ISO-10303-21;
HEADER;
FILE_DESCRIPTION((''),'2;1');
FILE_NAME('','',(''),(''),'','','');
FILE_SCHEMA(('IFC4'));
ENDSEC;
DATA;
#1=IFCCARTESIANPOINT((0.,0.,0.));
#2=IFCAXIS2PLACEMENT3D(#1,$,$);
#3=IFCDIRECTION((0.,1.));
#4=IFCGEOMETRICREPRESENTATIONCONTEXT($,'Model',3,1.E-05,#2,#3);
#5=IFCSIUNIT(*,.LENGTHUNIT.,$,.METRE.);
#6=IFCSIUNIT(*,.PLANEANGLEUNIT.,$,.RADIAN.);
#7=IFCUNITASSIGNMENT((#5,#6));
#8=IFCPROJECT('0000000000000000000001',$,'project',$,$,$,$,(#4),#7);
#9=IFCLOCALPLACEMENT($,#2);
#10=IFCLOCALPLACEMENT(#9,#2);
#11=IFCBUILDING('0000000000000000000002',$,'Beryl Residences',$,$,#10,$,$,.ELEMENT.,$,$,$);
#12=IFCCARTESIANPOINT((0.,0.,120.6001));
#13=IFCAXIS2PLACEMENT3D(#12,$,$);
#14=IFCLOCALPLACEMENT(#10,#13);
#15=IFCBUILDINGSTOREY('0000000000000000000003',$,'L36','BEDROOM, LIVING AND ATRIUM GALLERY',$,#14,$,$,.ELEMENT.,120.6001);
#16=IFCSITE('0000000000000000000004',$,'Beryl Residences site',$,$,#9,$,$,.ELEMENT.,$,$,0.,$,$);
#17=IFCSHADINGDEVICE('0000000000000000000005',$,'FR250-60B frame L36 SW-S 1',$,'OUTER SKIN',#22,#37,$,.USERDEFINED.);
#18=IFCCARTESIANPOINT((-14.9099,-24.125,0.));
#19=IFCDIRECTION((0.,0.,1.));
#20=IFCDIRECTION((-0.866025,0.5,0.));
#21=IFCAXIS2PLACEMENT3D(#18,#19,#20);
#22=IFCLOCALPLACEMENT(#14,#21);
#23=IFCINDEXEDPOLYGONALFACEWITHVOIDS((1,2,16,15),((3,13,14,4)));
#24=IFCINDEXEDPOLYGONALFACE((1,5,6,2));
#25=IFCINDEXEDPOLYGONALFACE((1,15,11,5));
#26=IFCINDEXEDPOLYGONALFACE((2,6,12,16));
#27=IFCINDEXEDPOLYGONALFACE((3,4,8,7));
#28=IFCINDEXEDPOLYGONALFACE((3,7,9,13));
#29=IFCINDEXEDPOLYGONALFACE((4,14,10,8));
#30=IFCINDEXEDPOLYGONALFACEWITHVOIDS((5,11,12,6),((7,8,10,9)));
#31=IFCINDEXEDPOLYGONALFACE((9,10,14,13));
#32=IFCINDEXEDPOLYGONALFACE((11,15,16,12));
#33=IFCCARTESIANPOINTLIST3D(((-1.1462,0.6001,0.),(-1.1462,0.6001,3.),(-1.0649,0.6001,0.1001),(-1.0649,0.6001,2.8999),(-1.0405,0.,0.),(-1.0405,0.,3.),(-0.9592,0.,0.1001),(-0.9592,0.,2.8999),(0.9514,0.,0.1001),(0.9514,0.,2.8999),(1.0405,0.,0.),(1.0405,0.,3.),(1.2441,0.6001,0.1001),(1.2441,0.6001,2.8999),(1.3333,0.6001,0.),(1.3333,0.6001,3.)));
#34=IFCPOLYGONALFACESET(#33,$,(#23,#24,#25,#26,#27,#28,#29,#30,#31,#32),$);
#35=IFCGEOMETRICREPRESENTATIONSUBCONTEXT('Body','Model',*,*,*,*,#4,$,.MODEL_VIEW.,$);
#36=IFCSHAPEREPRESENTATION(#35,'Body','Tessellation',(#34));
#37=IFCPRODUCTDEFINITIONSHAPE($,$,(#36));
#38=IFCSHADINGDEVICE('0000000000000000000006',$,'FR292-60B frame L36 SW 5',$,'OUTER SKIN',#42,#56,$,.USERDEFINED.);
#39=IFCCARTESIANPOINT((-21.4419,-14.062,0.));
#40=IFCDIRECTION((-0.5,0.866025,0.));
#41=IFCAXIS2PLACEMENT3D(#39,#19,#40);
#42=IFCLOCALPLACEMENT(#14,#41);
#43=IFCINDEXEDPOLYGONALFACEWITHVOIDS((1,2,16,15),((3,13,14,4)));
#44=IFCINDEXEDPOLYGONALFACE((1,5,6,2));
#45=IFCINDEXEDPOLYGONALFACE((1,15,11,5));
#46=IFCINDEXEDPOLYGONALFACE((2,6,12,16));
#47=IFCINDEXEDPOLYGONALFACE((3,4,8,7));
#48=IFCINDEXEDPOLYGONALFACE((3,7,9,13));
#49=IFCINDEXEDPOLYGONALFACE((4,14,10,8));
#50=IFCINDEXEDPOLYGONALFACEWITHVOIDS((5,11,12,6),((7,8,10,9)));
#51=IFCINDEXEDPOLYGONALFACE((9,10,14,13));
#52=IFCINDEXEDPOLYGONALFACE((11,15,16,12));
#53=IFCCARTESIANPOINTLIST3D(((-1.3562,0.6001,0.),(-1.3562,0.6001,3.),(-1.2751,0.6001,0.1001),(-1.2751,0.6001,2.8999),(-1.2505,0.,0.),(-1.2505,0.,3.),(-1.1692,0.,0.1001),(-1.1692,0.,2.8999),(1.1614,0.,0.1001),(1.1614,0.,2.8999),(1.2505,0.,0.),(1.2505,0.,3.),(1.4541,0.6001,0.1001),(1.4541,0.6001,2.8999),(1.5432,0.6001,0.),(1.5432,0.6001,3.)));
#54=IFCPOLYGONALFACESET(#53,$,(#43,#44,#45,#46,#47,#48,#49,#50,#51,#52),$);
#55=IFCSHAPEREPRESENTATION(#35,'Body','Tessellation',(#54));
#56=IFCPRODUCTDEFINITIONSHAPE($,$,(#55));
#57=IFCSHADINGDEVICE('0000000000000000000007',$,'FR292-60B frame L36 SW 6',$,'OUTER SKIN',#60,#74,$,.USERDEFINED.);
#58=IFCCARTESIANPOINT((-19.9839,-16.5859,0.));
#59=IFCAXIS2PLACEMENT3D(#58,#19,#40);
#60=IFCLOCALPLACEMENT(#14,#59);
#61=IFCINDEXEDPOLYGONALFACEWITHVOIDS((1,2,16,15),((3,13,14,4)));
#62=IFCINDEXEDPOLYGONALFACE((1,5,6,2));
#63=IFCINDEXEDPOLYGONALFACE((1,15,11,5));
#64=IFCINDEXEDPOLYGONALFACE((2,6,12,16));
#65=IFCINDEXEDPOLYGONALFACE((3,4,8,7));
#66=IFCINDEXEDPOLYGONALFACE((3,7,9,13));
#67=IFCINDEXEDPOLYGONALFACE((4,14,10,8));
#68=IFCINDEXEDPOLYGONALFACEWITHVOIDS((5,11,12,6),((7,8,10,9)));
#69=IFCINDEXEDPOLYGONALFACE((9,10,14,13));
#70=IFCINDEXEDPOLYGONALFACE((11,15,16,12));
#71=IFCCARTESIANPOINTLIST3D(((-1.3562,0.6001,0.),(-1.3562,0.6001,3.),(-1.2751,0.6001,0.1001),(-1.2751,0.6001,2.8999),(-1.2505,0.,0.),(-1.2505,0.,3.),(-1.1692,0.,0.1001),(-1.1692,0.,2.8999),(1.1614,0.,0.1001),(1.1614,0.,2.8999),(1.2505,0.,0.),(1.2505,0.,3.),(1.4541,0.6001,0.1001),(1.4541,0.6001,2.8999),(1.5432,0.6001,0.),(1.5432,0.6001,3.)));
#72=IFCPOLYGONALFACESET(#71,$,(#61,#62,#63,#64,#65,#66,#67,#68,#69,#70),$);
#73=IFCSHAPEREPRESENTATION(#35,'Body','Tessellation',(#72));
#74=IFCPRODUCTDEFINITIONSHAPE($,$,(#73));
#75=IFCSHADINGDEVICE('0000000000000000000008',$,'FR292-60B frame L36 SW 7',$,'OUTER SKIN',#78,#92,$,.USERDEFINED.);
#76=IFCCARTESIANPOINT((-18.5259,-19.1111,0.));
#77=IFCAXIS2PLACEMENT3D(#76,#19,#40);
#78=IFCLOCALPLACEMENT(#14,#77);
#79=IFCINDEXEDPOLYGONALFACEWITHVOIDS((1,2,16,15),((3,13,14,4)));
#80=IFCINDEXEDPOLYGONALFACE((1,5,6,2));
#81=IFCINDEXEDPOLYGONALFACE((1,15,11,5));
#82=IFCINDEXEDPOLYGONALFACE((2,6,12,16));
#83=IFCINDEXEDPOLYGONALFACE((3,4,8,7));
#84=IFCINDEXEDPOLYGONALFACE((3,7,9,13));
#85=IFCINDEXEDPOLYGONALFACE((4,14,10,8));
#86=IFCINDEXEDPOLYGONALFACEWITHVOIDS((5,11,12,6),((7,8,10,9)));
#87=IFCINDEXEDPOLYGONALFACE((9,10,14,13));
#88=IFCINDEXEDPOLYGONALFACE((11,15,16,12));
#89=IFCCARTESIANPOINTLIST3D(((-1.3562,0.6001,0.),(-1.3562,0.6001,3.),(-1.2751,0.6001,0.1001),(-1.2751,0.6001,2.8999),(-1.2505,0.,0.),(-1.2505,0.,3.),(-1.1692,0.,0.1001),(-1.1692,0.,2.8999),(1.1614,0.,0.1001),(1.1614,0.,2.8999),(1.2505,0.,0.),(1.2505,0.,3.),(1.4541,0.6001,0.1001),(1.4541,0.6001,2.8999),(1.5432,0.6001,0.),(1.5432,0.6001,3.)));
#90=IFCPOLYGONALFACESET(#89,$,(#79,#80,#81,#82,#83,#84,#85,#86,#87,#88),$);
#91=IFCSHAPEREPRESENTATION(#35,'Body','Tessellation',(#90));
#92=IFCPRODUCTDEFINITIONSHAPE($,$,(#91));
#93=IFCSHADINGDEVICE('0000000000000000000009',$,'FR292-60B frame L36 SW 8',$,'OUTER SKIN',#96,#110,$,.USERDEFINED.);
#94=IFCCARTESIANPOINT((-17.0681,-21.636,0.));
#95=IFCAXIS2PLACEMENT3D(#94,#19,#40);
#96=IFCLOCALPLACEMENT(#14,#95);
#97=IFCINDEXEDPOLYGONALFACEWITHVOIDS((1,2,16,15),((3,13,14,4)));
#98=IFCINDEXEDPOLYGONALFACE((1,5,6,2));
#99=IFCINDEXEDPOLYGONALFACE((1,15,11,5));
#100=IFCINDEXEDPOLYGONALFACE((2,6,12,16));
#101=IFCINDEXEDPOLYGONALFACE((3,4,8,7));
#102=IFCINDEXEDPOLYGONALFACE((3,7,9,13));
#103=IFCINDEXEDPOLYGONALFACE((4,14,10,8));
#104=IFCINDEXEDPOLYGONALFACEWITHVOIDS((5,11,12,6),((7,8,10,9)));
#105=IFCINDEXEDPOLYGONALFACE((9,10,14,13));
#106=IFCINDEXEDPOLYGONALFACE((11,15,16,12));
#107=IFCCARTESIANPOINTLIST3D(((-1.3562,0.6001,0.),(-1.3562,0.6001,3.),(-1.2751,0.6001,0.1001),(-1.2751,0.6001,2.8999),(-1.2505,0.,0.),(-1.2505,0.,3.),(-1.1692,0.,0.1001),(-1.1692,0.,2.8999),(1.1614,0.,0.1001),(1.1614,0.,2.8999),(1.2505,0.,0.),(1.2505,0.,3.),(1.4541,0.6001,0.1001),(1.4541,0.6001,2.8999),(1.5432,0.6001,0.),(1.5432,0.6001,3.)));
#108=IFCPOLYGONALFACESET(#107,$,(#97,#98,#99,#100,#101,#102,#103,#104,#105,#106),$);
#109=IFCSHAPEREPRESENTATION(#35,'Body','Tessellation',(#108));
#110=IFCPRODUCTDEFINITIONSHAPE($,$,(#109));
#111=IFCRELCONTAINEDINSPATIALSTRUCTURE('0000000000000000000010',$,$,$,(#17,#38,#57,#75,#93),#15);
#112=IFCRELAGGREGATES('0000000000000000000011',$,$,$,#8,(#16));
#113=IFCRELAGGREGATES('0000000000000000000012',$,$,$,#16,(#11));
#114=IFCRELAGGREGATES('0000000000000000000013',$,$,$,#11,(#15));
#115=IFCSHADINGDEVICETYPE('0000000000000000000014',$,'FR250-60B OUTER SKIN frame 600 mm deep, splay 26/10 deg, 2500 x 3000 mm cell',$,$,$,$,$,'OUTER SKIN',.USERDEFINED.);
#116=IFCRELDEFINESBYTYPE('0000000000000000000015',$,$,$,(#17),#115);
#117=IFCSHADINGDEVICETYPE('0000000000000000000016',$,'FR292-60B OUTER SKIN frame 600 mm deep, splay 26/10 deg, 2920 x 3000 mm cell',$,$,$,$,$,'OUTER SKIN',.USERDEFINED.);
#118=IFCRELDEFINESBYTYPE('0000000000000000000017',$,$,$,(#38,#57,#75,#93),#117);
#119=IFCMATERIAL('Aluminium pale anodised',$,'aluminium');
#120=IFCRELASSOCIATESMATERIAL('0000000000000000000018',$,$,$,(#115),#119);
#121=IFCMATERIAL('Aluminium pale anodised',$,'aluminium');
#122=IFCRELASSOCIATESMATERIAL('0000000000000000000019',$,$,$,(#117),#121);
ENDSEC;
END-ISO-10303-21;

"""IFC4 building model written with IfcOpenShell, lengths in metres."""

from ifc_helpers import new_model, entity, si_unit, direction, frame, origin, place, context, subcontext, project, spatial, source, transform, mapped, material, type_object, type_shapes, element, save


model = new_model("IFC4")

# Units and contexts
model_context = context("Model", 3, precision=1e-05, world=origin(), true_north=direction((0.0, 1.0)))
body_context = subcontext(model_context, "Body", "Model", "MODEL_VIEW")
ifc_project = project(units=[si_unit("LENGTHUNIT", "METRE"), si_unit("PLANEANGLEUNIT", "RADIAN")], contexts=[model_context])

# Site, building, storey
site_placement = place(None, origin())
site = spatial("IfcSite", under=ifc_project, at=site_placement, Name="Beryl Residences site", CompositionType="ELEMENT", RefElevation=0.0)
building_placement = place(site_placement, origin())
building = spatial("IfcBuilding", under=site, at=building_placement, Name="Beryl Residences", CompositionType="ELEMENT")
storey_placement = place(building_placement, frame((0.0, 0.0, 120.6001)))
storey = spatial("IfcBuildingStorey", under=building, at=storey_placement, Name="L36", Description="BEDROOM, LIVING AND ATRIUM GALLERY", CompositionType="ELEMENT", Elevation=120.6001)

# Shading devices
ifc_material_1 = material(Name="Aluminium pale anodised", Category="aluminium")
shading_device_type_1 = type_object("IfcShadingDeviceType", Name="FR250-60B OUTER SKIN frame 600 mm deep, splay 26/10 deg, 2500 x 3000 mm cell", ElementType="OUTER SKIN", PredefinedType="USERDEFINED", material=ifc_material_1)
cartesian_point_1 = entity("IfcCartesianPoint", [-1.0405, 0.0])
cartesian_point_2 = entity("IfcCartesianPoint", [-0.9514, 0.1001])
cartesian_point_3 = entity("IfcCartesianPoint", [-1.3333, 0.0])
cartesian_point_4 = entity("IfcCartesianPoint", [-1.2441, 0.1001])
shared_shape_1 = source(origin(), body_context, "Body", "SweptSolid", [
    entity("IfcExtrudedAreaSolidTapered", entity("IfcArbitraryProfileDefWithVoids", "AREA", None, entity("IfcPolyline", [cartesian_point_1, entity("IfcCartesianPoint", [1.0405, 0.0]), entity("IfcCartesianPoint", [1.0405, 3.0]), entity("IfcCartesianPoint", [-1.0405, 3.0]), cartesian_point_1]), [entity("IfcPolyline", [cartesian_point_2, entity("IfcCartesianPoint", [0.9592, 0.1001]), entity("IfcCartesianPoint", [0.9592, 2.8999]), entity("IfcCartesianPoint", [-0.9514, 2.8999]), cartesian_point_2])]), entity("IfcAxis2Placement3D", entity("IfcCartesianPoint", [0.0, 0.0, 0.0]), entity("IfcDirection", [0.0, 1.0, 0.0]), entity("IfcDirection", [-1.0, 0.0, 0.0])), entity("IfcDirection", [0.0, 0.0, 1.0]), 0.6001, entity("IfcArbitraryProfileDefWithVoids", "AREA", None, entity("IfcPolyline", [cartesian_point_3, entity("IfcCartesianPoint", [1.1462, 0.0]), entity("IfcCartesianPoint", [1.1462, 3.0]), entity("IfcCartesianPoint", [-1.3333, 3.0]), cartesian_point_3]), [entity("IfcPolyline", [cartesian_point_4, entity("IfcCartesianPoint", [1.0649, 0.1001]), entity("IfcCartesianPoint", [1.0649, 2.8999]), entity("IfcCartesianPoint", [-1.2441, 2.8999]), cartesian_point_4])])),
])
type_shapes(shading_device_type_1, [shared_shape_1])
shading_device_placement = place(storey_placement, frame((-14.9099, -24.125, 0.0), z_axis=(0.0, 0.0, 1.0), x_axis=(-0.866025, 0.5, 0.0)))
element("IfcShadingDevice", 1, at=shading_device_placement, inside=storey, type_object=shading_device_type_1, Name="FR250-60B frame L36 SW-S 1", ObjectType="OUTER SKIN", PredefinedType="USERDEFINED", context=body_context, shape_type="MappedRepresentation", body=[
    mapped(shared_shape_1, transform((0.0, 0.0, 0.0))),
])
ifc_material_2 = material(Name="Aluminium pale anodised", Category="aluminium")
shading_device_type_2 = type_object("IfcShadingDeviceType", Name="FR292-60B OUTER SKIN frame 600 mm deep, splay 26/10 deg, 2920 x 3000 mm cell", ElementType="OUTER SKIN", PredefinedType="USERDEFINED", material=ifc_material_2)
cartesian_point_5 = entity("IfcCartesianPoint", [-1.2505, 0.0])
cartesian_point_6 = entity("IfcCartesianPoint", [-1.1614, 0.1001])
cartesian_point_7 = entity("IfcCartesianPoint", [-1.5432, 0.0])
cartesian_point_8 = entity("IfcCartesianPoint", [-1.4541, 0.1001])
shared_shape_2 = source(origin(), body_context, "Body", "SweptSolid", [
    entity("IfcExtrudedAreaSolidTapered", entity("IfcArbitraryProfileDefWithVoids", "AREA", None, entity("IfcPolyline", [cartesian_point_5, entity("IfcCartesianPoint", [1.2505, 0.0]), entity("IfcCartesianPoint", [1.2505, 3.0]), entity("IfcCartesianPoint", [-1.2505, 3.0]), cartesian_point_5]), [entity("IfcPolyline", [cartesian_point_6, entity("IfcCartesianPoint", [1.1692, 0.1001]), entity("IfcCartesianPoint", [1.1692, 2.8999]), entity("IfcCartesianPoint", [-1.1614, 2.8999]), cartesian_point_6])]), entity("IfcAxis2Placement3D", entity("IfcCartesianPoint", [0.0, 0.0, 0.0]), entity("IfcDirection", [0.0, 1.0, 0.0]), entity("IfcDirection", [-1.0, 0.0, 0.0])), entity("IfcDirection", [0.0, 0.0, 1.0]), 0.6001, entity("IfcArbitraryProfileDefWithVoids", "AREA", None, entity("IfcPolyline", [cartesian_point_7, entity("IfcCartesianPoint", [1.3562, 0.0]), entity("IfcCartesianPoint", [1.3562, 3.0]), entity("IfcCartesianPoint", [-1.5432, 3.0]), cartesian_point_7]), [entity("IfcPolyline", [cartesian_point_8, entity("IfcCartesianPoint", [1.2751, 0.1001]), entity("IfcCartesianPoint", [1.2751, 2.8999]), entity("IfcCartesianPoint", [-1.4541, 2.8999]), cartesian_point_8])])),
])
type_shapes(shading_device_type_2, [shared_shape_2])
for number, where, z_axis, x_axis, name in (
    (2, (-21.4419, -14.062, 0.0), (0.0, 0.0, 1.0), (-0.5, 0.866025, 0.0), "FR292-60B frame L36 SW 5"),
    (3, (-19.9839, -16.5859, 0.0), (0.0, 0.0, 1.0), (-0.5, 0.866025, 0.0), "FR292-60B frame L36 SW 6"),
    (4, (-18.5259, -19.1111, 0.0), (0.0, 0.0, 1.0), (-0.5, 0.866025, 0.0), "FR292-60B frame L36 SW 7"),
    (5, (-17.0681, -21.636, 0.0), (0.0, 0.0, 1.0), (-0.5, 0.866025, 0.0), "FR292-60B frame L36 SW 8"),
):
    element("IfcShadingDevice", number, at=place(storey_placement, frame(where, z_axis=z_axis, x_axis=x_axis)), inside=storey, type_object=shading_device_type_2, Name=name, ObjectType="OUTER SKIN", PredefinedType="USERDEFINED", context=body_context, shape_type="MappedRepresentation", body=[
        mapped(shared_shape_2, transform((0.0, 0.0, 0.0))),
    ])

save(model, "model.ifc")
